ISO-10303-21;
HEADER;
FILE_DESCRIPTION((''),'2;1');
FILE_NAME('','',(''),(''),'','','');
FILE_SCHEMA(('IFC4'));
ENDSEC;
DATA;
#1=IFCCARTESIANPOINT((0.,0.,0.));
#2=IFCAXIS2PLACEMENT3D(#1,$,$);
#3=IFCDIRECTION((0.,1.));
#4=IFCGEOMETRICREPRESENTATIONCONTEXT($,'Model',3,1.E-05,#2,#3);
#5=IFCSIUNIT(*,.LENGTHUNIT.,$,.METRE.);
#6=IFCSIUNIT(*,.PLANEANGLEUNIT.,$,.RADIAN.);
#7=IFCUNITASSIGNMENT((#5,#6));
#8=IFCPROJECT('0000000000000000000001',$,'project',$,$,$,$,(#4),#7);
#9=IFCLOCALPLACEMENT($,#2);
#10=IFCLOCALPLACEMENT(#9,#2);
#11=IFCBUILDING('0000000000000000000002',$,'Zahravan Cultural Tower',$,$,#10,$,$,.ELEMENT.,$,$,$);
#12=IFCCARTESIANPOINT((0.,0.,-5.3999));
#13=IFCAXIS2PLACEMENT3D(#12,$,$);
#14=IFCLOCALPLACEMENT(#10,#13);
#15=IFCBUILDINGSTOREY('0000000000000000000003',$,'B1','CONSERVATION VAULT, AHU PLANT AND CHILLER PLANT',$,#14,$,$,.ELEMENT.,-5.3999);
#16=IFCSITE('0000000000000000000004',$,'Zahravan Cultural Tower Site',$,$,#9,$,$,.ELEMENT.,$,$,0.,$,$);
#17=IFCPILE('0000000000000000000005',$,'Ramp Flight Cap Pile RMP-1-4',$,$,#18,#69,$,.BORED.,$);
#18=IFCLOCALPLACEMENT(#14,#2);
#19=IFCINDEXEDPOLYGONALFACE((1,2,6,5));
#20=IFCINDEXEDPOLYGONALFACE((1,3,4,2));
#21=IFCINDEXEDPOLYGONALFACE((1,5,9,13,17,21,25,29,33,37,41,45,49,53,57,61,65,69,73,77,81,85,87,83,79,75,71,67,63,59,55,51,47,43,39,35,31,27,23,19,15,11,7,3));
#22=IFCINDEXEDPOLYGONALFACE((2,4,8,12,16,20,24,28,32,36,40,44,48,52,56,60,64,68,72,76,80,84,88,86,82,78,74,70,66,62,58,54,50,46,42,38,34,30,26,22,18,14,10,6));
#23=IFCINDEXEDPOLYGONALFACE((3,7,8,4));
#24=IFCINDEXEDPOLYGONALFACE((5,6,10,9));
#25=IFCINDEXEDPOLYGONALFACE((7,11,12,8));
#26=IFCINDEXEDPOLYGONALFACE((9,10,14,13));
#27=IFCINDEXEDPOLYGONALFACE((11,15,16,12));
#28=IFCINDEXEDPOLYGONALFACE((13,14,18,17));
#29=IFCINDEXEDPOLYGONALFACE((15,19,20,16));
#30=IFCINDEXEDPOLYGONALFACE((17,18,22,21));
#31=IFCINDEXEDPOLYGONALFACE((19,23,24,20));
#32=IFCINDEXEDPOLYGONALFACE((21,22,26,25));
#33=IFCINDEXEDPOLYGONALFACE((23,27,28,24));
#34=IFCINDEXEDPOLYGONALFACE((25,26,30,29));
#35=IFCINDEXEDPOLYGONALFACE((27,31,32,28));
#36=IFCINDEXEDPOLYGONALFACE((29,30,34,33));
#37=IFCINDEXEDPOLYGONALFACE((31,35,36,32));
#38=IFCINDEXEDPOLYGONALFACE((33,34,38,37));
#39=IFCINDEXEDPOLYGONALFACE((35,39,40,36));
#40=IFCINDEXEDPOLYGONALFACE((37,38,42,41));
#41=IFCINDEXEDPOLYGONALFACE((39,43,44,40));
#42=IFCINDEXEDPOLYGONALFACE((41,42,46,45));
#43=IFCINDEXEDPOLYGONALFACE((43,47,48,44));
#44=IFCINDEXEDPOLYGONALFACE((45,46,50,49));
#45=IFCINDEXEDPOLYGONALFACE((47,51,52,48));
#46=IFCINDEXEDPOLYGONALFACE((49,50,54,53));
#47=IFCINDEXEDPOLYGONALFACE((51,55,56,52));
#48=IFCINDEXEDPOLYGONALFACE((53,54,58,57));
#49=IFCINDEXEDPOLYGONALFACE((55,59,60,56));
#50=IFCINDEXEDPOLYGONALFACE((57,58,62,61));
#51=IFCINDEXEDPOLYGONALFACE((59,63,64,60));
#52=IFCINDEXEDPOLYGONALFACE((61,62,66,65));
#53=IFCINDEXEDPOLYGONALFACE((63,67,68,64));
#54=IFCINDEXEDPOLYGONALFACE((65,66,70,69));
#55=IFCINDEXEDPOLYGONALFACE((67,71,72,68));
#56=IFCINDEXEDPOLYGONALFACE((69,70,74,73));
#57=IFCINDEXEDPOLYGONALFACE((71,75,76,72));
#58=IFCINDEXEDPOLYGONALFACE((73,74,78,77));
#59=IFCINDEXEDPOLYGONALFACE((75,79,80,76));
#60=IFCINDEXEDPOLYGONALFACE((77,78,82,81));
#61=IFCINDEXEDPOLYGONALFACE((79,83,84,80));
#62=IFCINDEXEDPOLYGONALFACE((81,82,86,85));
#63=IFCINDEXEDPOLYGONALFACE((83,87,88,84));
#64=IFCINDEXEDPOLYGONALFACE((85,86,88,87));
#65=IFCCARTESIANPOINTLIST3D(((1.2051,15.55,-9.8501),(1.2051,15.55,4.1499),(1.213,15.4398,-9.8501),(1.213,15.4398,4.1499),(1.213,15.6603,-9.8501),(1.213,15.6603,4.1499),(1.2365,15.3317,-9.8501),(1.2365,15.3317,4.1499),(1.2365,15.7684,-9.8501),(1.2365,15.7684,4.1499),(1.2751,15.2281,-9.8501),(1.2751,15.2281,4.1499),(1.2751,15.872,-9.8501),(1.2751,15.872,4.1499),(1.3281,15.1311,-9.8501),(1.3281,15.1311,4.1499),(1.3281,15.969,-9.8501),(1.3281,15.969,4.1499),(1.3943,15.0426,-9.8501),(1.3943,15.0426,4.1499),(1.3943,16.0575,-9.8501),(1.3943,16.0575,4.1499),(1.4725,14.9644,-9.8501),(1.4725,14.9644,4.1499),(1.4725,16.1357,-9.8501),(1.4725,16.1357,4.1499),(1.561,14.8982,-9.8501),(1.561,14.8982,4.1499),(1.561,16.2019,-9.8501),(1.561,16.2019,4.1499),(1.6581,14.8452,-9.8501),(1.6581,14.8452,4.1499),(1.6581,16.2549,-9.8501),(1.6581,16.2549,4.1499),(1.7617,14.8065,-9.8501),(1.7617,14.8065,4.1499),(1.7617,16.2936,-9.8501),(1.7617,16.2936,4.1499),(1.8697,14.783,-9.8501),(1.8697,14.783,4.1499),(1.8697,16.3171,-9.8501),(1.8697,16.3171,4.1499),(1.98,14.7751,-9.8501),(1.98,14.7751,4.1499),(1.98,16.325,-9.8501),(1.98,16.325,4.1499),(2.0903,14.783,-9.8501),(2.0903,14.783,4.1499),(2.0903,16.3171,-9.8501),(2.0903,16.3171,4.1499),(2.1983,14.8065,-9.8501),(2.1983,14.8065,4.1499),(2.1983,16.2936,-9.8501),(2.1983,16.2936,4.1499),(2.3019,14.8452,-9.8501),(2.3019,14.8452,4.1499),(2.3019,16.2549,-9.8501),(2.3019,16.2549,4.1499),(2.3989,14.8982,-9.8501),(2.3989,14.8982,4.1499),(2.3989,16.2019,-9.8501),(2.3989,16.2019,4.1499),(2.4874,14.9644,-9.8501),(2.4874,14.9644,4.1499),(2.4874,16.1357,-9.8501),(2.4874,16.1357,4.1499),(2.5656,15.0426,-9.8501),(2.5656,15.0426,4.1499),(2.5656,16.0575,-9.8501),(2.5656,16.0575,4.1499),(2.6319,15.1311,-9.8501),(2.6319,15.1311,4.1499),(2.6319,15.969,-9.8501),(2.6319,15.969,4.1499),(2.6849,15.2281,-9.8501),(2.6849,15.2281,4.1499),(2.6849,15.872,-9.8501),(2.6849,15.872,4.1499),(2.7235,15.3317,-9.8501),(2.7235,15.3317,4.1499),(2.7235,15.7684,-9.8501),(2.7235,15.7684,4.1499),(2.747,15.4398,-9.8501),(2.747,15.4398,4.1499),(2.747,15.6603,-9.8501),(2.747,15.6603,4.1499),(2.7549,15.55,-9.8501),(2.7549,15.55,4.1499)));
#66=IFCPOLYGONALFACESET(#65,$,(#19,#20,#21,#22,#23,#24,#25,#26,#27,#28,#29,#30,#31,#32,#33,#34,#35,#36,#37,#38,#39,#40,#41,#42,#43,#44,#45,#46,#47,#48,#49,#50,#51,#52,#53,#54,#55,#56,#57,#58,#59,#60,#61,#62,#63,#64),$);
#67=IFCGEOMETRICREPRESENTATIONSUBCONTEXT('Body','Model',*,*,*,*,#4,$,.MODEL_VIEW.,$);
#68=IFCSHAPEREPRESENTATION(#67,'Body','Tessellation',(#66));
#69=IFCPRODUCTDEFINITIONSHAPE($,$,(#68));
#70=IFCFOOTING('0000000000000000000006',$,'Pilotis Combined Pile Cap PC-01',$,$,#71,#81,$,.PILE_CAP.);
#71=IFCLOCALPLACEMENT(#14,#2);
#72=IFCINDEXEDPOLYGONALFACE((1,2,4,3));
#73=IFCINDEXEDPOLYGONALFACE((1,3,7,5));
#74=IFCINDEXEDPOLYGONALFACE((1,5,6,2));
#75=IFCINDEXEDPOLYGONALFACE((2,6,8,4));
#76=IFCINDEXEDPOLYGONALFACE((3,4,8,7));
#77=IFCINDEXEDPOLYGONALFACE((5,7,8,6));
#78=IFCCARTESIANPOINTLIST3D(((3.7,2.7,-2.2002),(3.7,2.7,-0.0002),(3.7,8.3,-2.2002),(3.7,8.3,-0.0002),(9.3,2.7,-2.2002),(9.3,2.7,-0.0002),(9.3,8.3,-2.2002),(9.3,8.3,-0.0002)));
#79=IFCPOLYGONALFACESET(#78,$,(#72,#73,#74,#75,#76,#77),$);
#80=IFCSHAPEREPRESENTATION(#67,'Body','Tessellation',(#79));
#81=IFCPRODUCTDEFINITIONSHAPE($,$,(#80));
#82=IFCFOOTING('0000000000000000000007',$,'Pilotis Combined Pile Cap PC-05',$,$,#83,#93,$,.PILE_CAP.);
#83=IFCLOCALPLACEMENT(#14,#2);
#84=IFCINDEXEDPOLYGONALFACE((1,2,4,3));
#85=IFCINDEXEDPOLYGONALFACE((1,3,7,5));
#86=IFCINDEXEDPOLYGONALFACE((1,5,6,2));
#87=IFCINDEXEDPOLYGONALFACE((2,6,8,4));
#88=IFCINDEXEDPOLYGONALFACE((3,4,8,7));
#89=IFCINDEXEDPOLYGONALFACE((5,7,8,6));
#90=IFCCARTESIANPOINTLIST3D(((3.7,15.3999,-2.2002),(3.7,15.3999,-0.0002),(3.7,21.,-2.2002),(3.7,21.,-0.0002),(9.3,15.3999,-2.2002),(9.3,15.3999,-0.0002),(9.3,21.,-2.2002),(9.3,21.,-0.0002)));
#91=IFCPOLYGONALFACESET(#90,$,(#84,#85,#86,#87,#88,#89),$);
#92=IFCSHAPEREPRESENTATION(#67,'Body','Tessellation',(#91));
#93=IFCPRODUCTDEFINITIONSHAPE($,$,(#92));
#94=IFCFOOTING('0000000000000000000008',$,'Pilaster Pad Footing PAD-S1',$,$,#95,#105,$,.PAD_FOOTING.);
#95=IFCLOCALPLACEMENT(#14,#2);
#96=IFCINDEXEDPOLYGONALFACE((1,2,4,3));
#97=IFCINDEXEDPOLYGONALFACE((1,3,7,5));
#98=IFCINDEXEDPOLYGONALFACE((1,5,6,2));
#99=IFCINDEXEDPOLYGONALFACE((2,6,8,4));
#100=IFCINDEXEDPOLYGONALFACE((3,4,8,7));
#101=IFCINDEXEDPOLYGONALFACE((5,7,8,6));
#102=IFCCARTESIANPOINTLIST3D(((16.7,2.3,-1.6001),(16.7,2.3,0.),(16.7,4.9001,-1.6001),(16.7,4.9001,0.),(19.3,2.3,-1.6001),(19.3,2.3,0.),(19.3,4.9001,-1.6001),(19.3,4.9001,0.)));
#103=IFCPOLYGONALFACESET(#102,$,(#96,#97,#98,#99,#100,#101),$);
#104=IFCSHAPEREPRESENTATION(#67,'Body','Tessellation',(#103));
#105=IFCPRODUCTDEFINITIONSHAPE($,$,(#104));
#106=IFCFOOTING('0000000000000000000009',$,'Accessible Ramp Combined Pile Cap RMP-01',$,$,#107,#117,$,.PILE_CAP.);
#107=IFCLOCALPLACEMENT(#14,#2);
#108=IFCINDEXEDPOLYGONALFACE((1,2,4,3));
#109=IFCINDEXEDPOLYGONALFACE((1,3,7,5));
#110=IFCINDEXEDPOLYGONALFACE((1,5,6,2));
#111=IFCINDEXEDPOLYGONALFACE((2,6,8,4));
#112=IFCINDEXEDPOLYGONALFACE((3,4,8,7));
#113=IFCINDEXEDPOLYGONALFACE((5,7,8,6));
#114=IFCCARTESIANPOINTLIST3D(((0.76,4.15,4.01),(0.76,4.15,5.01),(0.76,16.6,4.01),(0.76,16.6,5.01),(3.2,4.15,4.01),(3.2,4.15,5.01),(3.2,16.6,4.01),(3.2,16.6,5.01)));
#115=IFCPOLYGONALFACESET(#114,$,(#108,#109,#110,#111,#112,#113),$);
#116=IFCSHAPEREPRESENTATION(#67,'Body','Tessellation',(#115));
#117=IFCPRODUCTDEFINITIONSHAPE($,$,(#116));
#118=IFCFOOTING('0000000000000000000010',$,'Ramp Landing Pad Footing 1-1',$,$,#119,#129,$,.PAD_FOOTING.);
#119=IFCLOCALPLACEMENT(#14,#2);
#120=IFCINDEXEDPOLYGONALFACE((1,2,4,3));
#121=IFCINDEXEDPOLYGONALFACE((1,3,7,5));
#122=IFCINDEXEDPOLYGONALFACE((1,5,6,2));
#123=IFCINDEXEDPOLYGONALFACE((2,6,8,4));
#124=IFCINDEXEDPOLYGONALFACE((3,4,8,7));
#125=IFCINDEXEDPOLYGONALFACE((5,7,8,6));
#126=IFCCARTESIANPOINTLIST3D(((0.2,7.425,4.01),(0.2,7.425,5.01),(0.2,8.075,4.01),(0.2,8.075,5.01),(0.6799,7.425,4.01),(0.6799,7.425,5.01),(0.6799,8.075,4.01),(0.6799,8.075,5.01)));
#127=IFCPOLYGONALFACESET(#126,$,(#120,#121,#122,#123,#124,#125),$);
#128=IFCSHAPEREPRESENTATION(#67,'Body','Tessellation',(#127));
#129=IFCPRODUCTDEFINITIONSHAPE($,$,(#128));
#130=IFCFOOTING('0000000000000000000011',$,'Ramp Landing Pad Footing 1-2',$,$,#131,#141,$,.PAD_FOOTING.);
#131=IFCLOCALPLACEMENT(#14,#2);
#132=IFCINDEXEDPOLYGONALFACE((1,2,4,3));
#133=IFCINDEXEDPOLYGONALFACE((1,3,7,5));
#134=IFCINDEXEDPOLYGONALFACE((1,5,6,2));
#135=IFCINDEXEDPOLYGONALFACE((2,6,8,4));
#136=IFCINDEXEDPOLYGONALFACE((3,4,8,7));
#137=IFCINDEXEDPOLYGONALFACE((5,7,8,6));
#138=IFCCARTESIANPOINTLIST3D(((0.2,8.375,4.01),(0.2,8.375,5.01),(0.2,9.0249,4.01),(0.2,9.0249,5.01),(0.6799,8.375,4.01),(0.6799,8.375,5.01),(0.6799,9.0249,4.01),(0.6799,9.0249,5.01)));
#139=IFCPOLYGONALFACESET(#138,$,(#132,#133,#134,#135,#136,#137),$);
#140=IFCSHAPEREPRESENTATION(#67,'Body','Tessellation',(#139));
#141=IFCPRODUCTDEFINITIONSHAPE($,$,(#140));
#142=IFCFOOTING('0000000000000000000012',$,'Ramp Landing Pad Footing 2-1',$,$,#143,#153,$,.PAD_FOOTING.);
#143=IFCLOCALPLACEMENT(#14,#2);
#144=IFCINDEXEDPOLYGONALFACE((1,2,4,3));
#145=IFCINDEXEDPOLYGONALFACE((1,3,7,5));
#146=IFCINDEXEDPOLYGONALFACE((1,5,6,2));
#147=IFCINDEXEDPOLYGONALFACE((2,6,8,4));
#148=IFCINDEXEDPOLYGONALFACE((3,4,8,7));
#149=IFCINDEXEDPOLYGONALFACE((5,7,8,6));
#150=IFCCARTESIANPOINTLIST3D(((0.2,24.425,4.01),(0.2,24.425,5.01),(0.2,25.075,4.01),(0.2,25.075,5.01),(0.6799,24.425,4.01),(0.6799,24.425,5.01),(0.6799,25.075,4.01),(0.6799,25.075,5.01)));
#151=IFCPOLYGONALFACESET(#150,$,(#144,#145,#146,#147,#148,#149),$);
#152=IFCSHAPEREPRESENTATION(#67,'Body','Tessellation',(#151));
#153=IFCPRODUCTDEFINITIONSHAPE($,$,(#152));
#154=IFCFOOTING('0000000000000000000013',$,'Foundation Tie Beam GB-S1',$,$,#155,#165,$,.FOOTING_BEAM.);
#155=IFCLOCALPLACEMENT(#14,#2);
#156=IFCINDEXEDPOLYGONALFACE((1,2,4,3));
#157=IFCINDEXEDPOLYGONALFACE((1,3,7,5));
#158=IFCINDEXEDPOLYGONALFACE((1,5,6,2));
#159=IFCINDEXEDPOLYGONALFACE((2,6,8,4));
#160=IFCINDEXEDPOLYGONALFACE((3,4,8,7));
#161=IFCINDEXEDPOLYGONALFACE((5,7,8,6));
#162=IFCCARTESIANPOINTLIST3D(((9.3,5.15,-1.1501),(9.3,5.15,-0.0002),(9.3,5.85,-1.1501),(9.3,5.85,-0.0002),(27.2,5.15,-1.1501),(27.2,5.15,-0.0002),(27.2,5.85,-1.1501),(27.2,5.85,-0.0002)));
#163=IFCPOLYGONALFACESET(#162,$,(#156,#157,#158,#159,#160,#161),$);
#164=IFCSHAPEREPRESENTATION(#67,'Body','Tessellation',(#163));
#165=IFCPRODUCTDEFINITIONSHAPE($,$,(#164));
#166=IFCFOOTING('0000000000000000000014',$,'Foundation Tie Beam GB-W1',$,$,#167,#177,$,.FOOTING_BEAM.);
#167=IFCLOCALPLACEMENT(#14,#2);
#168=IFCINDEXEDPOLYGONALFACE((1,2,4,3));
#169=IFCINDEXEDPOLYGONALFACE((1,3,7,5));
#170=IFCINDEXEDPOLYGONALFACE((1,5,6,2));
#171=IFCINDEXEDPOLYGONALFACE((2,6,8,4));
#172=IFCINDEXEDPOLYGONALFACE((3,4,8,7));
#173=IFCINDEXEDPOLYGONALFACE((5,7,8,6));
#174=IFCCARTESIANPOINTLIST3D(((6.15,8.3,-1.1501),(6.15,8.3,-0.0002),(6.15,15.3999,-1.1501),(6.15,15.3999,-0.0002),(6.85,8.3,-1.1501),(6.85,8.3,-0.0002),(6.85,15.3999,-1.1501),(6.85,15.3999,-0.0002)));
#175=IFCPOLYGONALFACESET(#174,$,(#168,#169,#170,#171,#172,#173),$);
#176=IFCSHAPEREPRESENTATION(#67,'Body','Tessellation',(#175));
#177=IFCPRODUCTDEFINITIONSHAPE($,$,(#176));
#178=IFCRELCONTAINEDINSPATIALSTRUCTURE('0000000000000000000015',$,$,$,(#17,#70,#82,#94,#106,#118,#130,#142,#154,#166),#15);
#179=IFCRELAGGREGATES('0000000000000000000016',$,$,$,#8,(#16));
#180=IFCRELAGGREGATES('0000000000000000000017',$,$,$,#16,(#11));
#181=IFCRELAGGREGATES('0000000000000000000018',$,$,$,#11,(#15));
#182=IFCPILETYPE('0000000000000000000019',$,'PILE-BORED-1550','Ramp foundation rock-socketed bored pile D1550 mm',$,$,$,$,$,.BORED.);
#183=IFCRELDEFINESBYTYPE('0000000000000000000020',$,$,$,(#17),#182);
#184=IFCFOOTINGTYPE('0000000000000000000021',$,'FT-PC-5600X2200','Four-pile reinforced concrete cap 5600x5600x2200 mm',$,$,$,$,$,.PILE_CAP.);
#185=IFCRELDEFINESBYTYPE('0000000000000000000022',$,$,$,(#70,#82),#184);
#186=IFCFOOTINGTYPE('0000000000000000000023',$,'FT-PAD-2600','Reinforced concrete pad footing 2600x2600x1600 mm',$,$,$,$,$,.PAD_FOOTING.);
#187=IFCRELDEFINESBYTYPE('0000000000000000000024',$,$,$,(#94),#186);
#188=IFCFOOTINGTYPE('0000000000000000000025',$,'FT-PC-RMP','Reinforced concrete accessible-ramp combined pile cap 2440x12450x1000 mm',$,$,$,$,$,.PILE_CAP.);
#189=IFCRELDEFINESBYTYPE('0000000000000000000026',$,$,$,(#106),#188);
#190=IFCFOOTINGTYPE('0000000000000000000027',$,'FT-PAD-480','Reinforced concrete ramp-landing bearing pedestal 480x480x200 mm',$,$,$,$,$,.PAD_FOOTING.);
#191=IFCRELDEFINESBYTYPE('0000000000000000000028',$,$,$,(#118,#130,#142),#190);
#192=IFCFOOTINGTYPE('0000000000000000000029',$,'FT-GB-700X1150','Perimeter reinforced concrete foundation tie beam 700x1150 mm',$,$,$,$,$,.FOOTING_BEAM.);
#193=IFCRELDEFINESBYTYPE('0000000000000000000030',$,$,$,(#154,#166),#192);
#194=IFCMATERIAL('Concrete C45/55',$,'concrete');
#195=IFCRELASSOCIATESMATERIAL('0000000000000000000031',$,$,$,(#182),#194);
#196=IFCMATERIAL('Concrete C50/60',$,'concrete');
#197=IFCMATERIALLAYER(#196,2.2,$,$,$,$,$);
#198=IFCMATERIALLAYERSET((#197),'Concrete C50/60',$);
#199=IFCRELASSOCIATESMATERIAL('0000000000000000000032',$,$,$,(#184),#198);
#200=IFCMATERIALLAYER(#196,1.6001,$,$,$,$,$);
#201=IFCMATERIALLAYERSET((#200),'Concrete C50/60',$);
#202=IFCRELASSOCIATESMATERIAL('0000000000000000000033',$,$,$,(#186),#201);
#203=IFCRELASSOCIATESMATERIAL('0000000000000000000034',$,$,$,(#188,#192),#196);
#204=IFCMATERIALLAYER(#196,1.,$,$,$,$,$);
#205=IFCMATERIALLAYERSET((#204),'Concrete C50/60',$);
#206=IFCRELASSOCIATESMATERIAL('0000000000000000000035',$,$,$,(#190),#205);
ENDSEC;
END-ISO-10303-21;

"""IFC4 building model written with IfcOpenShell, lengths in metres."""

from ifc_helpers import new_model, si_unit, direction, frame, origin, origin_2d, place, context, subcontext, project, spatial, rectangle, circle, extrude, source, transform, mapped, material, layer, layer_set, material_profile, profile_set, type_object, element, save


model = new_model("IFC4")

# Units and contexts
model_context = context("Model", 3, precision=1e-05, world=origin(), true_north=direction((0.0, 1.0)))
body_context = subcontext(model_context, "Body", "Model", "MODEL_VIEW")
ifc_project = project(units=[si_unit("LENGTHUNIT", "METRE"), si_unit("PLANEANGLEUNIT", "RADIAN")], contexts=[model_context])

# Site, building, storey
site_placement = place(None, origin())
site = spatial("IfcSite", under=ifc_project, at=site_placement, Name="Zahravan Cultural Tower Site", CompositionType="ELEMENT", RefElevation=0.0)
building_placement = place(site_placement, origin())
building = spatial("IfcBuilding", under=site, at=building_placement, Name="Zahravan Cultural Tower", CompositionType="ELEMENT")
storey_placement = place(building_placement, frame((0.0, 0.0, -5.3999)))
storey = spatial("IfcBuildingStorey", under=building, at=storey_placement, Name="B1", Description="CONSERVATION VAULT, AHU PLANT AND CHILLER PLANT", CompositionType="ELEMENT", Elevation=-5.3999)

# Pile
ifc_material_1 = material(Name="Concrete C45/55", Category="concrete")
ifc_material_profile_1 = material_profile(ifc_material_1, circle(Radius=0.7749, at=origin_2d()), Name="PILE-D1550")
ifc_profile_set_1 = profile_set([ifc_material_profile_1], Name="Concrete C45/55")
pile_type_1 = type_object("IfcPileType", Name="PILE-BORED-1550", Description="Ramp foundation rock-socketed bored pile D1550 mm", PredefinedType="BORED", material=ifc_profile_set_1)
pile_placement = place(storey_placement, frame((1.98, 15.55, 4.1499), z_axis=(0.0, 0.0, -1.0), x_axis=(1.0, 0.0, 0.0)))
element("IfcPile", 1, at=pile_placement, inside=storey, type_object=pile_type_1, Name="Ramp Flight Cap Pile RMP-1-4", PredefinedType="BORED", context=body_context, shape_type="SweptSolid", body=[
    extrude(circle(Radius=0.7749, at=origin_2d()), origin(), (0.0, 0.0, 1.0), 14.0),
])

# Footings
ifc_material_2 = material(Name="Concrete C50/60", Category="concrete")
ifc_layer_1 = layer(ifc_material_2, 2.2)
ifc_layer_set_1 = layer_set([ifc_layer_1], Name="Concrete C50/60")
footing_type_1 = type_object("IfcFootingType", Name="FT-PC-5600X2200", Description="Four-pile reinforced concrete cap 5600x5600x2200 mm", PredefinedType="PILE_CAP", material=ifc_layer_set_1)
shared_shape_1 = source(origin(), body_context, "Body", "SweptSolid", [
    extrude(rectangle(XDim=5.6001, YDim=5.6001, at=origin_2d()), origin(), (0.0, 0.0, 1.0), 2.2),
])
for number, where, z_axis, x_axis, name in (
    (2, (6.5, 5.5, -2.2002), (0.0, 0.0, 1.0), (1.0, 0.0, 0.0), "Pilotis Combined Pile Cap PC-01"),
    (3, (6.5, 18.2, -2.2002), (0.0, 0.0, 1.0), (1.0, 0.0, 0.0), "Pilotis Combined Pile Cap PC-05"),
):
    element("IfcFooting", number, at=place(storey_placement, frame(where, z_axis=z_axis, x_axis=x_axis)), inside=storey, type_object=footing_type_1, Name=name, PredefinedType="PILE_CAP", context=body_context, shape_type="MappedRepresentation", body=[
        mapped(shared_shape_1, transform((0.0, 0.0, 0.0), x_axis=(1.0, 0.0, 0.0), y_axis=(0.0, 1.0, 0.0), z_axis=(0.0, 0.0, 1.0), scale=1.0)),
    ])
ifc_layer_2 = layer(ifc_material_2, 1.6001)
ifc_layer_set_2 = layer_set([ifc_layer_2], Name="Concrete C50/60")
footing_type_2 = type_object("IfcFootingType", Name="FT-PAD-2600", Description="Reinforced concrete pad footing 2600x2600x1600 mm", PredefinedType="PAD_FOOTING", material=ifc_layer_set_2)
shared_shape_2 = source(origin(), body_context, "Body", "SweptSolid", [
    extrude(rectangle(XDim=2.6001, YDim=2.6001, at=origin_2d()), origin(), (0.0, 0.0, 1.0), 1.6001),
])
footing_1_placement = place(storey_placement, frame((18.0, 3.6001, -1.6001), z_axis=(0.0, 0.0, 1.0), x_axis=(1.0, 0.0, 0.0)))
element("IfcFooting", 4, at=footing_1_placement, inside=storey, type_object=footing_type_2, Name="Pilaster Pad Footing PAD-S1", PredefinedType="PAD_FOOTING", context=body_context, shape_type="MappedRepresentation", body=[
    mapped(shared_shape_2, transform((0.0, 0.0, 0.0), x_axis=(1.0, 0.0, 0.0), y_axis=(0.0, 1.0, 0.0), z_axis=(0.0, 0.0, 1.0), scale=1.0)),
])
footing_type_3 = type_object("IfcFootingType", Name="FT-PC-RMP", Description="Reinforced concrete accessible-ramp combined pile cap 2440x12450x1000 mm", PredefinedType="PILE_CAP", material=ifc_material_2)
shared_shape_3 = source(origin(), body_context, "Body", "SweptSolid", [
    extrude(rectangle(XDim=2.4399, YDim=12.45, at=origin_2d()), origin(), (0.0, 0.0, 1.0), 1.0),
])
footing_2_placement = place(storey_placement, frame((1.98, 10.375, 4.01), z_axis=(0.0, 0.0, 1.0), x_axis=(1.0, 0.0, 0.0)))
element("IfcFooting", 5, at=footing_2_placement, inside=storey, type_object=footing_type_3, Name="Accessible Ramp Combined Pile Cap RMP-01", PredefinedType="PILE_CAP", context=body_context, shape_type="MappedRepresentation", body=[
    mapped(shared_shape_3, transform((0.0, 0.0, 0.0), x_axis=(1.0, 0.0, 0.0), y_axis=(0.0, 1.0, 0.0), z_axis=(0.0, 0.0, 1.0), scale=1.0)),
])
ifc_layer_3 = layer(ifc_material_2, 1.0)
ifc_layer_set_3 = layer_set([ifc_layer_3], Name="Concrete C50/60")
footing_type_4 = type_object("IfcFootingType", Name="FT-PAD-480", Description="Reinforced concrete ramp-landing bearing pedestal 480x480x200 mm", PredefinedType="PAD_FOOTING", material=ifc_layer_set_3)
shared_shape_4 = source(origin(), body_context, "Body", "SweptSolid", [
    extrude(rectangle(XDim=0.48, YDim=0.6499, at=origin_2d()), origin(), (0.0, 0.0, 1.0), 1.0),
])
for number, where, z_axis, x_axis, name in (
    (6, (0.4399, 7.75, 4.01), (0.0, 0.0, 1.0), (1.0, 0.0, 0.0), "Ramp Landing Pad Footing 1-1"),
    (7, (0.4399, 8.7, 4.01), (0.0, 0.0, 1.0), (1.0, 0.0, 0.0), "Ramp Landing Pad Footing 1-2"),
    (8, (0.4399, 24.75, 4.01), (0.0, 0.0, 1.0), (1.0, 0.0, 0.0), "Ramp Landing Pad Footing 2-1"),
):
    element("IfcFooting", number, at=place(storey_placement, frame(where, z_axis=z_axis, x_axis=x_axis)), inside=storey, type_object=footing_type_4, Name=name, PredefinedType="PAD_FOOTING", context=body_context, shape_type="MappedRepresentation", body=[
        mapped(shared_shape_4, transform((0.0, 0.0, 0.0), x_axis=(1.0, 0.0, 0.0), y_axis=(0.0, 1.0, 0.0), z_axis=(0.0, 0.0, 1.0), scale=1.0)),
    ])
ifc_material_profile_2 = material_profile(ifc_material_2, rectangle(XDim=0.7, YDim=1.1499, at=origin_2d()), Name="RC700X1150")
ifc_profile_set_2 = profile_set([ifc_material_profile_2], Name="Concrete C50/60")
footing_type_5 = type_object("IfcFootingType", Name="FT-GB-700X1150", Description="Perimeter reinforced concrete foundation tie beam 700x1150 mm", PredefinedType="FOOTING_BEAM", material=ifc_profile_set_2)
shared_shape_5 = source(origin(), body_context, "Body", "SweptSolid", [
    extrude(rectangle(XDim=0.7, YDim=1.1499, at=origin_2d()), origin(), (0.0, 0.0, 1.0), 17.8999),
])
footing_3_placement = place(storey_placement, frame((9.3, 5.5, -0.5752), z_axis=(1.0, 0.0, 0.0), x_axis=(0.0, 1.0, 0.0)))
element("IfcFooting", 9, at=footing_3_placement, inside=storey, type_object=footing_type_5, Name="Foundation Tie Beam GB-S1", PredefinedType="FOOTING_BEAM", context=body_context, shape_type="MappedRepresentation", body=[
    mapped(shared_shape_5, transform((0.0, 0.0, 0.0), x_axis=(1.0, 0.0, 0.0), y_axis=(0.0, 1.0, 0.0), z_axis=(0.0, 0.0, 1.0), scale=1.0)),
])
shared_shape_6 = source(origin(), body_context, "Body", "SweptSolid", [
    extrude(rectangle(XDim=0.7, YDim=1.1499, at=origin_2d()), origin(), (0.0, 0.0, 1.0), 7.0999),
])
footing_4_placement = place(storey_placement, frame((6.5, 8.3, -0.5752), z_axis=(0.0, 1.0, 0.0), x_axis=(-1.0, 0.0, 0.0)))
element("IfcFooting", 10, at=footing_4_placement, inside=storey, type_object=footing_type_5, Name="Foundation Tie Beam GB-W1", PredefinedType="FOOTING_BEAM", context=body_context, shape_type="MappedRepresentation", body=[
    mapped(shared_shape_6, transform((0.0, 0.0, 0.0), x_axis=(1.0, 0.0, 0.0), y_axis=(0.0, 1.0, 0.0), z_axis=(0.0, 0.0, 1.0), scale=1.0)),
])

save(model, "model.ifc")
